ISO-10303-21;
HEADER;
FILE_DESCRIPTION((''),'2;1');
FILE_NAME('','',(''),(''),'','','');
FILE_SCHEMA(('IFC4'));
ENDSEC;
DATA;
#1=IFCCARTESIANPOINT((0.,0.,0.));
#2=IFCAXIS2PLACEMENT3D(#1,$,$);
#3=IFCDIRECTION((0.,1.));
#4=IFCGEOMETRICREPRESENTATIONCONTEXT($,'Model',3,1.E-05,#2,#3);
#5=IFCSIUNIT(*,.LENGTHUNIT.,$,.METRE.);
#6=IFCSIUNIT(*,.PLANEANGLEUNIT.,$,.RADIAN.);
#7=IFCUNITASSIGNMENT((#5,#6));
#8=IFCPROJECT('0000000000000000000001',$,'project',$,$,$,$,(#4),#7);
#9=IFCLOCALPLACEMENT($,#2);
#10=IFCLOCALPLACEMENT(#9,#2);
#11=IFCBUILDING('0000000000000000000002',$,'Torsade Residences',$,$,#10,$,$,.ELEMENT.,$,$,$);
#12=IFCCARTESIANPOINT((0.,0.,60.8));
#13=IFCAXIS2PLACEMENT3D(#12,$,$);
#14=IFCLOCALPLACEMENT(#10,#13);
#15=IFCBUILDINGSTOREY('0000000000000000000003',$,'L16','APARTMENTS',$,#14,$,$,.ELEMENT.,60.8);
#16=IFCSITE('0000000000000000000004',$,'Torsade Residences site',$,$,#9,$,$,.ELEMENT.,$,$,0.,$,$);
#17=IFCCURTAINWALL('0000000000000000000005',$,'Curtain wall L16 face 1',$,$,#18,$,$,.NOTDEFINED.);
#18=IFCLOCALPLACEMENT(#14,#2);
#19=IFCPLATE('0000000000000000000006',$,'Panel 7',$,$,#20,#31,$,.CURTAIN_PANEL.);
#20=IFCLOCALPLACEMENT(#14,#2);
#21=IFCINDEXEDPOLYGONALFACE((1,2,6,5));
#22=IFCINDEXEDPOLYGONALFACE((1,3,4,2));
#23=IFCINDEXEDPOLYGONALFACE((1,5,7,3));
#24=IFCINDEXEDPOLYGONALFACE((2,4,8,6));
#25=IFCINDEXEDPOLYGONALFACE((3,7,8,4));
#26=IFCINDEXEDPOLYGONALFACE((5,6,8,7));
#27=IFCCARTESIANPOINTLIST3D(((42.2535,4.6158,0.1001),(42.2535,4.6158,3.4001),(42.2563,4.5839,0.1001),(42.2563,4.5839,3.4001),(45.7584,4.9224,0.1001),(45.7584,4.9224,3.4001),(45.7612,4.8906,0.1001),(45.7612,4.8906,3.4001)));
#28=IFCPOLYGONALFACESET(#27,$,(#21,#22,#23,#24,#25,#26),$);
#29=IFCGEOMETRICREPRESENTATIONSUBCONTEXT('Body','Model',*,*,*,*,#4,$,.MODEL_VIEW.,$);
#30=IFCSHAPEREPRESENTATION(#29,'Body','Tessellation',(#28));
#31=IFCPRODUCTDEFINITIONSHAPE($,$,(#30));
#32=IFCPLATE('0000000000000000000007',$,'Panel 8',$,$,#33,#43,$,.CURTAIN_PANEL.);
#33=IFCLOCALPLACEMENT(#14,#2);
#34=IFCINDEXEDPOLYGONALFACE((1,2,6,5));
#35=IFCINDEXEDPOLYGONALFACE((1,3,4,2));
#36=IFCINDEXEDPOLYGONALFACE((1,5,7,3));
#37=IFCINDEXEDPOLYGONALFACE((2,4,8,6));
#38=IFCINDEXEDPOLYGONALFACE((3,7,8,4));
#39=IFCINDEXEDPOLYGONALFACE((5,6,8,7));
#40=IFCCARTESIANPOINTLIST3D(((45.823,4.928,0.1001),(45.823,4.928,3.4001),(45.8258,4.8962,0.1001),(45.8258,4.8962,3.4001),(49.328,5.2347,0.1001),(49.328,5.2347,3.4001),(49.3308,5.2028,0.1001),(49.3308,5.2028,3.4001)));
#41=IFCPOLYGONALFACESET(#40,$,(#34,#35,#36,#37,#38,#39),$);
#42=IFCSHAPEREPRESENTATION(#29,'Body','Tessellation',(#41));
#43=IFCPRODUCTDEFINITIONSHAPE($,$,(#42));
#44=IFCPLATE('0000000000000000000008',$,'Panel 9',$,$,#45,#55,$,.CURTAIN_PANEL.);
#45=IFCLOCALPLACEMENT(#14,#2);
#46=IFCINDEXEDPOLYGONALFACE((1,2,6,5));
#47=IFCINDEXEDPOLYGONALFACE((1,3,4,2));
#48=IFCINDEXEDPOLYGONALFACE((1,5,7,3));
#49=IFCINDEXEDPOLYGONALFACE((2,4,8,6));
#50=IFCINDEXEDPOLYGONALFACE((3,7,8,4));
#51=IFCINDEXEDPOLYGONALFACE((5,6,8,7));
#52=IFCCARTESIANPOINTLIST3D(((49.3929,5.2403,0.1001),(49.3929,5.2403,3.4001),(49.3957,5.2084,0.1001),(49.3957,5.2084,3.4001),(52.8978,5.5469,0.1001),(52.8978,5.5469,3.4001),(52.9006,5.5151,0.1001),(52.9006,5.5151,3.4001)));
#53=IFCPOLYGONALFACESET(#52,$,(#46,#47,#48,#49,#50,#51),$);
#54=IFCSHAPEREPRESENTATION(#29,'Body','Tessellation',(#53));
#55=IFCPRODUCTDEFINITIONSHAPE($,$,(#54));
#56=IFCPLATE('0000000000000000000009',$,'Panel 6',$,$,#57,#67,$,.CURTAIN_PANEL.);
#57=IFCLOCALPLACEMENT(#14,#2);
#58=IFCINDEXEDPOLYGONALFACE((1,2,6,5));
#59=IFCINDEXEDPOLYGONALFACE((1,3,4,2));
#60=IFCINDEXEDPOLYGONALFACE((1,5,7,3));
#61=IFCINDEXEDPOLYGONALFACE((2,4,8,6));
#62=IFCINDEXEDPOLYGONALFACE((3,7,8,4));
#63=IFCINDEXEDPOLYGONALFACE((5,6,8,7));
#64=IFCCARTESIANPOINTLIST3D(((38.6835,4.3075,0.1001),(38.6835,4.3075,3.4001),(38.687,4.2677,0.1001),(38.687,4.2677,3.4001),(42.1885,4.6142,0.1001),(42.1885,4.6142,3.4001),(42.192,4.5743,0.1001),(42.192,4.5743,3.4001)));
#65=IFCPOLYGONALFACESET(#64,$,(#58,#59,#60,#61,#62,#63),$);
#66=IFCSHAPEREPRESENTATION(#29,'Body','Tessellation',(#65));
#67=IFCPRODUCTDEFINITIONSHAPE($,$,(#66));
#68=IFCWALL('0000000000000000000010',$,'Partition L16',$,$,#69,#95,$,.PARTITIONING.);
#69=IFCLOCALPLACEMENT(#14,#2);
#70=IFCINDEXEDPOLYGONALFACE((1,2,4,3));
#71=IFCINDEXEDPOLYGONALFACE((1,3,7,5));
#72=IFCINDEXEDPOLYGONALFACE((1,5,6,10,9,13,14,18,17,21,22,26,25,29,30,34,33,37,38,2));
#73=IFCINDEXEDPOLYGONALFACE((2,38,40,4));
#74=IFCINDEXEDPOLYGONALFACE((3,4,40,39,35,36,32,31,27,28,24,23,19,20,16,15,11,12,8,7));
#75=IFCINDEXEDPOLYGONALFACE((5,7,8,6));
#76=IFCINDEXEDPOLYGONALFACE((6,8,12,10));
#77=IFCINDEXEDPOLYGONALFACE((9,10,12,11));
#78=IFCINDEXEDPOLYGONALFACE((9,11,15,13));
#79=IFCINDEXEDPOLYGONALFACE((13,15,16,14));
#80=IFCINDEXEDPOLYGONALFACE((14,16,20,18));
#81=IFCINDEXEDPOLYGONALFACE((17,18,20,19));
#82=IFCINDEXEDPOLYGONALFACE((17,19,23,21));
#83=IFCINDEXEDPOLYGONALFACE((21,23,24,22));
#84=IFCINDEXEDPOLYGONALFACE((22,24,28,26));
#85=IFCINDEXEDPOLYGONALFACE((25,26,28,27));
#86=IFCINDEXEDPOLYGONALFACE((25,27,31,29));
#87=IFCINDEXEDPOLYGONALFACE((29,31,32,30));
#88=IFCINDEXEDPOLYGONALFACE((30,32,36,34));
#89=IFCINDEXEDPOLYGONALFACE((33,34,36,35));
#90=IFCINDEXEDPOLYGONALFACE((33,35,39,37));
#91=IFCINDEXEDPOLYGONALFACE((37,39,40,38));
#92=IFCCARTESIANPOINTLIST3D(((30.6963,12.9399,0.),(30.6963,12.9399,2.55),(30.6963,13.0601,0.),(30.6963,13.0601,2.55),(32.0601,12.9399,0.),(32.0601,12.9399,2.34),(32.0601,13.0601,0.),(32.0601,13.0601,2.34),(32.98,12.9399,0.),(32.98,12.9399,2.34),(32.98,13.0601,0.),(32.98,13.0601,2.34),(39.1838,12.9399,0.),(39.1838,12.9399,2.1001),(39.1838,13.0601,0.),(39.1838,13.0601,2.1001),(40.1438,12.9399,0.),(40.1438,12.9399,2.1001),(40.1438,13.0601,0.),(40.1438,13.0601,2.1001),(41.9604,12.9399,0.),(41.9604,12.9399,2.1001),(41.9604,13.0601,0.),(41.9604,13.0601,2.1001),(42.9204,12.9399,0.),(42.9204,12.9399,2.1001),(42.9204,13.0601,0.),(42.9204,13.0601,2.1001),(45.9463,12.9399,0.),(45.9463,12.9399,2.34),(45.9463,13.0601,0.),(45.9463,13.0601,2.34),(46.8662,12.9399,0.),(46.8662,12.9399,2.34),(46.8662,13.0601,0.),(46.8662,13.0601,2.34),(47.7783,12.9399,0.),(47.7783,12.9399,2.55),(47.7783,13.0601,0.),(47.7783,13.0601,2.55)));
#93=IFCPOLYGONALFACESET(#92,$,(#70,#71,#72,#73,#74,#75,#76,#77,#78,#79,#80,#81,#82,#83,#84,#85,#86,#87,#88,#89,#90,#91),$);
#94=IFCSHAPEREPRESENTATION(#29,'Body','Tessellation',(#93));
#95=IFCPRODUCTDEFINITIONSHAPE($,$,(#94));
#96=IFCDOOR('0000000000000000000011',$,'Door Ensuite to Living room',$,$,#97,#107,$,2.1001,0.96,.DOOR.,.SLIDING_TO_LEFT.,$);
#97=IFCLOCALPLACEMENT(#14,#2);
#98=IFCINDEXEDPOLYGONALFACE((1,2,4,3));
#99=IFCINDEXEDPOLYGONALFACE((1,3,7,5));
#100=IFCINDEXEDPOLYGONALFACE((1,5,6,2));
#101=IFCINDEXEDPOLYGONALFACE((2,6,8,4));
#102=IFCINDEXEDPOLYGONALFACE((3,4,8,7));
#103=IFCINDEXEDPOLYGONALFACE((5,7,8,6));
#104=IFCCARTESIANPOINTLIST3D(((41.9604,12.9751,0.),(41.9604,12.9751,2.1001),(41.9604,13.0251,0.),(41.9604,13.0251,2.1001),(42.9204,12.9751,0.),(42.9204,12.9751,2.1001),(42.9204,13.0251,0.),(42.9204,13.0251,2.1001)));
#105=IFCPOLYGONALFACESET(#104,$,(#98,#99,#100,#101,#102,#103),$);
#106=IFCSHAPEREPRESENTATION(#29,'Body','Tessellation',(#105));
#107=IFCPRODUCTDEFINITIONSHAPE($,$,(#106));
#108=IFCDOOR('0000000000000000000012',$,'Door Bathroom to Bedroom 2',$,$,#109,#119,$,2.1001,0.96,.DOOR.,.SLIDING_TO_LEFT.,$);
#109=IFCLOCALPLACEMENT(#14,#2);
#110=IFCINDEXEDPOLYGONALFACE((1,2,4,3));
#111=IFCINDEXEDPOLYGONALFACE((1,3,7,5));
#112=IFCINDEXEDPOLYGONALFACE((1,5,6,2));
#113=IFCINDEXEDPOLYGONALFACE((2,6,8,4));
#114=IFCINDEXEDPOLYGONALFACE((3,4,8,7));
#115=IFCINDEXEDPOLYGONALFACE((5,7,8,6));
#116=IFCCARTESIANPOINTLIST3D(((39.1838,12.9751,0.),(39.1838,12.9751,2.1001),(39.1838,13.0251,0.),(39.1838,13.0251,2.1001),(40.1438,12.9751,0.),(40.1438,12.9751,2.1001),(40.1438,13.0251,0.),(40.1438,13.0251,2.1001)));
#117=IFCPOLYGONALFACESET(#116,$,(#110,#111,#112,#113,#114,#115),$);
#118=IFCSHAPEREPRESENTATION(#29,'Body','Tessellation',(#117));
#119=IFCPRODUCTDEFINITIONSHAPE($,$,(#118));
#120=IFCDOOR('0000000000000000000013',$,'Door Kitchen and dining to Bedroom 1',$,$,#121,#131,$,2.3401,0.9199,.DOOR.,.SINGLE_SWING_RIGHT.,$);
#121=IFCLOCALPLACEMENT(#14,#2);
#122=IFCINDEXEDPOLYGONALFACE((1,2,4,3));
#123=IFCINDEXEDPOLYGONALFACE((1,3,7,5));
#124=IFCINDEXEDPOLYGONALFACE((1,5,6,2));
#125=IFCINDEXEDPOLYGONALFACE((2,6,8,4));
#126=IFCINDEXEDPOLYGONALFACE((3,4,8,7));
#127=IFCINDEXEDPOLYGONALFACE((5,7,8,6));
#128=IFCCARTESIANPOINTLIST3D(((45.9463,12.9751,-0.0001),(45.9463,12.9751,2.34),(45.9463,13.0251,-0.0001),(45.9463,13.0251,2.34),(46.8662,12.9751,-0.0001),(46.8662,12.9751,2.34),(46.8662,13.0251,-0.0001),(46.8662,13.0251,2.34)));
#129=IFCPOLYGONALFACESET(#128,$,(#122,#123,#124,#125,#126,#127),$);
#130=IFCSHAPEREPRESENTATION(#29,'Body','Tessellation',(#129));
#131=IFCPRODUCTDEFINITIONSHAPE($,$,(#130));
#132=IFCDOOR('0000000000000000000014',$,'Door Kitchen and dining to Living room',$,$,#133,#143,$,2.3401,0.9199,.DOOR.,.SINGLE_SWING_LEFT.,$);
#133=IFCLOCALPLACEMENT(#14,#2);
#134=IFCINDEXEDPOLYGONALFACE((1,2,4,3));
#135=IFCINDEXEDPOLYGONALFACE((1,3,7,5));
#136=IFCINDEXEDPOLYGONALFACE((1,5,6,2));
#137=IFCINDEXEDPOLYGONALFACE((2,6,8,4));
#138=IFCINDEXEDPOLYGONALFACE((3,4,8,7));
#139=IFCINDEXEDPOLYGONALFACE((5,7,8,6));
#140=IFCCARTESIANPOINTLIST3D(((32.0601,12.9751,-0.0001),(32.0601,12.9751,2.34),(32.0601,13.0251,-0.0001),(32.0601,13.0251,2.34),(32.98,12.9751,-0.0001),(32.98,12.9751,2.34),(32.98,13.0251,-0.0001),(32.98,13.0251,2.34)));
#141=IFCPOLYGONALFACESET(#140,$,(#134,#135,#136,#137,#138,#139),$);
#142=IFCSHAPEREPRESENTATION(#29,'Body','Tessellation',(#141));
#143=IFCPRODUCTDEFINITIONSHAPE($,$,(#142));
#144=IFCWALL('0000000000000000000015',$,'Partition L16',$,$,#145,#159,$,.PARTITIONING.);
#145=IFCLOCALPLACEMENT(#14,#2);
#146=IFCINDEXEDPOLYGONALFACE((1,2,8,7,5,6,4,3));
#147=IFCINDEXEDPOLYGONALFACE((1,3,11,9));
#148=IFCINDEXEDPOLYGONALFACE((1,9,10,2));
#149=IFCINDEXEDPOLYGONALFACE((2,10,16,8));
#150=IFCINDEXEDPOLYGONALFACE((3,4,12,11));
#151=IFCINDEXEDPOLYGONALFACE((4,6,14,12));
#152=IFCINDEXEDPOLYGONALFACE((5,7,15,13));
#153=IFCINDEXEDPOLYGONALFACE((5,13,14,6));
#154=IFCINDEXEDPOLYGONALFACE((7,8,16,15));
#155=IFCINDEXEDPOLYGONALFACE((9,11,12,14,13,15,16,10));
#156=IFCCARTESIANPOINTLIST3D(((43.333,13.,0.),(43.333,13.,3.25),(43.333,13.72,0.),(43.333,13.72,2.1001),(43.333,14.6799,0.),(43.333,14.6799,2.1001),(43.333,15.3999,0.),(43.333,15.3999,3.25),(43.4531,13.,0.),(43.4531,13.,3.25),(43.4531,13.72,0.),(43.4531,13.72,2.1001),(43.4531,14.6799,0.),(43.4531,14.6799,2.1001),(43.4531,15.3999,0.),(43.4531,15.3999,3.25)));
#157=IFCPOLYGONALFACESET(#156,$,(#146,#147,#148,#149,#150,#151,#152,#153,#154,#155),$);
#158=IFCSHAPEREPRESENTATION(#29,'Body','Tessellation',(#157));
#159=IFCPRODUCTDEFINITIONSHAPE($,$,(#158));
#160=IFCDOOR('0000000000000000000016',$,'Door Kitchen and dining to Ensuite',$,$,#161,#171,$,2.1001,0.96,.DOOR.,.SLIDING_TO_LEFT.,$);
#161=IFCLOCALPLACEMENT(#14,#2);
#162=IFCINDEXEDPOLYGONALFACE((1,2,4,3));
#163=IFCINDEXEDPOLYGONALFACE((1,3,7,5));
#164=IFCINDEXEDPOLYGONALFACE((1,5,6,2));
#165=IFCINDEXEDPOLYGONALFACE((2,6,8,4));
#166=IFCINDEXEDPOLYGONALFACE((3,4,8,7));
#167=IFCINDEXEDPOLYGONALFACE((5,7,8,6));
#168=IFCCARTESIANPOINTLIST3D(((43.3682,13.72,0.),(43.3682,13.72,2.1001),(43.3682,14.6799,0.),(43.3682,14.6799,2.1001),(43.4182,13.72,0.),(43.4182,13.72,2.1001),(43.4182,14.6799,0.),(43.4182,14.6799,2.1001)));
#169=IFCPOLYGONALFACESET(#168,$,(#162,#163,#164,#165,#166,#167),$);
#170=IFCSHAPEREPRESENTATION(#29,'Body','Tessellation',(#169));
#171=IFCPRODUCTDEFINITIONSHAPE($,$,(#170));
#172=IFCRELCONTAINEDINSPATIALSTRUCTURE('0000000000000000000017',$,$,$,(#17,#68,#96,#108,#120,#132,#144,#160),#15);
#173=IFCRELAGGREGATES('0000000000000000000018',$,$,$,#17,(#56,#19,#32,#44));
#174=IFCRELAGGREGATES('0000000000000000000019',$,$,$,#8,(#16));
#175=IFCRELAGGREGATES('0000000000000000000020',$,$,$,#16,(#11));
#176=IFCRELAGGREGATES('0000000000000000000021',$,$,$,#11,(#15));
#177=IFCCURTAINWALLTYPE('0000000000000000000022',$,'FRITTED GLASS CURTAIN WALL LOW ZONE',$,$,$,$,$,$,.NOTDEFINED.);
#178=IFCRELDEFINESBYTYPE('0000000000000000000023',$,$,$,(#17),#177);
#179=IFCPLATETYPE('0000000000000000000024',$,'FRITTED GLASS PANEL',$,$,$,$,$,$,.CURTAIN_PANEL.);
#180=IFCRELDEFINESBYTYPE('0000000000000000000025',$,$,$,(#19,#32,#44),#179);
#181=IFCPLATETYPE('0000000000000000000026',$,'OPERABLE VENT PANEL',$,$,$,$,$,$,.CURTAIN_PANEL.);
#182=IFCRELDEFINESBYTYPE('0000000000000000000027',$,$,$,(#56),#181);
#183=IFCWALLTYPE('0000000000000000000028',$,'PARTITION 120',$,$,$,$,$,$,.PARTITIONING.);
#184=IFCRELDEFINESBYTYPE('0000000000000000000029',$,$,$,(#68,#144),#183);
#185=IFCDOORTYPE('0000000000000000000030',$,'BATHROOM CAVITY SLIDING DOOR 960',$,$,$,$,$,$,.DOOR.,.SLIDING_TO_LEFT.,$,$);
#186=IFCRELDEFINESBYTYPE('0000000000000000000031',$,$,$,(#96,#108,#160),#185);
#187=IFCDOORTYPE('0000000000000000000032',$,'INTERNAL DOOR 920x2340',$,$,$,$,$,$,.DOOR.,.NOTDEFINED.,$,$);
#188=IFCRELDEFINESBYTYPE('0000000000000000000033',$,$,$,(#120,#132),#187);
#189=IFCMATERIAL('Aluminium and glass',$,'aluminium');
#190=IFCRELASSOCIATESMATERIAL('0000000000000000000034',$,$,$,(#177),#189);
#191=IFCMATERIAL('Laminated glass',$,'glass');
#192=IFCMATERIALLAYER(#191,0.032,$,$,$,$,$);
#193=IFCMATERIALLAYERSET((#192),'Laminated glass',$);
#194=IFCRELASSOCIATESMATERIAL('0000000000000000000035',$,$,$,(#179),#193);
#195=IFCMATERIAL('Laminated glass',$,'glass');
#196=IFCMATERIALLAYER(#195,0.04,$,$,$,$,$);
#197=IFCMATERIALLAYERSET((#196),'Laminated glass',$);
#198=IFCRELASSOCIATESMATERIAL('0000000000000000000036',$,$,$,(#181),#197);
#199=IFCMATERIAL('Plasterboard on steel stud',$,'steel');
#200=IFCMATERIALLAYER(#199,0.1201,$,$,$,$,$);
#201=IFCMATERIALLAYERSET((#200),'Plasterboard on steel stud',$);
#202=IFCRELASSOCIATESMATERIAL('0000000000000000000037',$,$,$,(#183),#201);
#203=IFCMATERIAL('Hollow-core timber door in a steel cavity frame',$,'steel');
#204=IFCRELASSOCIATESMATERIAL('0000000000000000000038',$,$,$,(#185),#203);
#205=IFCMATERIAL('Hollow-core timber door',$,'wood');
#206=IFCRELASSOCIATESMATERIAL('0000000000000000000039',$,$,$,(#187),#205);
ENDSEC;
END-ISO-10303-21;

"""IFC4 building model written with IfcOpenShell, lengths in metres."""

from ifc_helpers import new_model, si_unit, direction, frame, frame_2d, origin, origin_2d, place, context, subcontext, project, spatial, rectangle, extrude, material, layer, layer_set, type_object, element, fill, aggregate, save


model = new_model("IFC4")

# Units and contexts
model_context = context("Model", 3, precision=1e-05, world=origin(), true_north=direction((0.0, 1.0)))
body_context = subcontext(model_context, "Body", "Model", "MODEL_VIEW")
ifc_project = project(units=[si_unit("LENGTHUNIT", "METRE"), si_unit("PLANEANGLEUNIT", "RADIAN")], contexts=[model_context])

# Site, building, storey
site_placement = place(None, origin())
site = spatial("IfcSite", under=ifc_project, at=site_placement, Name="Torsade Residences site", CompositionType="ELEMENT", RefElevation=0.0)
building_placement = place(site_placement, origin())
building = spatial("IfcBuilding", under=site, at=building_placement, Name="Torsade Residences", CompositionType="ELEMENT")
storey_placement = place(building_placement, frame((0.0, 0.0, 60.8)))
storey = spatial("IfcBuildingStorey", under=building, at=storey_placement, Name="L16", Description="APARTMENTS", CompositionType="ELEMENT", Elevation=60.8)

# Curtain wall
ifc_material_1 = material(Name="Aluminium and glass", Category="aluminium")
curtain_wall_type = type_object("IfcCurtainWallType", Name="FRITTED GLASS CURTAIN WALL LOW ZONE", PredefinedType="NOTDEFINED", material=ifc_material_1)
curtain_wall_placement = place(storey_placement, origin())
curtain_wall = element("IfcCurtainWall", 1, at=curtain_wall_placement, inside=storey, type_object=curtain_wall_type, Name="Curtain wall L16 face 1", PredefinedType="NOTDEFINED")

# Plates
ifc_material_2 = material(Name="Laminated glass", Category="glass")
ifc_layer_1 = layer(ifc_material_2, 0.032)
ifc_layer_set_1 = layer_set([ifc_layer_1], Name="Laminated glass")
plate_type_1 = type_object("IfcPlateType", Name="FRITTED GLASS PANEL", PredefinedType="CURTAIN_PANEL", material=ifc_layer_set_1)
plate_1_placement = place(storey_placement, frame((44.0073, 4.7532, 0.1001), z_axis=(0.0, 0.0, 1.0), x_axis=(0.996195, 0.087156, 0.0)))
plate_1 = element("IfcPlate", 2, at=plate_1_placement, type_object=plate_type_1, Name="Panel 7", PredefinedType="CURTAIN_PANEL", context=body_context, shape_type="SweptSolid", body=[
    extrude(rectangle(XDim=3.5183, YDim=0.032, at=origin_2d()), origin(), (0.0, 0.0, 1.0), 3.3),
])
plate_2_placement = place(storey_placement, frame((47.5769, 5.0654, 0.1001), z_axis=(0.0, 0.0, 1.0), x_axis=(0.996195, 0.087156, 0.0)))
plate_2 = element("IfcPlate", 3, at=plate_2_placement, type_object=plate_type_1, Name="Panel 8", PredefinedType="CURTAIN_PANEL", context=body_context, shape_type="SweptSolid", body=[
    extrude(rectangle(XDim=3.5183, YDim=0.032, at=origin_2d()), origin(), (0.0, 0.0, 1.0), 3.3),
])
plate_3_placement = place(storey_placement, frame((51.1467, 5.3777, 0.1001), z_axis=(0.0, 0.0, 1.0), x_axis=(0.996195, 0.087156, 0.0)))
plate_3 = element("IfcPlate", 4, at=plate_3_placement, type_object=plate_type_1, Name="Panel 9", PredefinedType="CURTAIN_PANEL", context=body_context, shape_type="SweptSolid", body=[
    extrude(rectangle(XDim=3.5183, YDim=0.032, at=origin_2d()), origin(), (0.0, 0.0, 1.0), 3.3),
])
ifc_material_3 = material(Name="Laminated glass", Category="glass")
ifc_layer_2 = layer(ifc_material_3, 0.04)
ifc_layer_set_2 = layer_set([ifc_layer_2], Name="Laminated glass")
plate_type_2 = type_object("IfcPlateType", Name="OPERABLE VENT PANEL", PredefinedType="CURTAIN_PANEL", material=ifc_layer_set_2)
plate_4_placement = place(storey_placement, frame((40.4377, 4.4409, 0.1001), z_axis=(0.0, 0.0, 1.0), x_axis=(0.996195, 0.087156, 0.0)))
plate_4 = element("IfcPlate", 5, at=plate_4_placement, type_object=plate_type_2, Name="Panel 6", PredefinedType="CURTAIN_PANEL", context=body_context, shape_type="SweptSolid", body=[
    extrude(rectangle(XDim=3.5183, YDim=0.04, at=origin_2d()), origin(), (0.0, 0.0, 1.0), 3.3),
])
aggregate(curtain_wall, [plate_4, plate_1, plate_2, plate_3])

# Wall, openings, doors
ifc_material_4 = material(Name="Plasterboard on steel stud", Category="steel")
ifc_layer_3 = layer(ifc_material_4, 0.1201)
ifc_layer_set_3 = layer_set([ifc_layer_3], Name="Plasterboard on steel stud")
wall_type_1 = type_object("IfcWallType", Name="PARTITION 120", PredefinedType="PARTITIONING", material=ifc_layer_set_3)
wall_1_placement = place(storey_placement, frame((47.7783, 13.0, 0.0), z_axis=(0.0, 0.0, 1.0), x_axis=(-1.0, 0.0, 0.0)))
wall_1 = element("IfcWall", 6, at=wall_1_placement, inside=storey, type_object=wall_type_1, Name="Partition L16", PredefinedType="PARTITIONING", context=body_context, shape_type="SweptSolid", body=[
    extrude(rectangle(XDim=17.082, YDim=0.1201, at=frame_2d((8.541, 0.0))), origin(), (0.0, 0.0, 1.0), 2.55),
])
opening_1_placement = place(wall_1_placement, frame((0.9121, 0.0, 0.0)))
opening_1 = element("IfcOpeningElement", 7, at=opening_1_placement, cuts=wall_1, PredefinedType="OPENING", context=body_context, shape_type="SweptSolid", body=[
    extrude(rectangle(XDim=0.9199, YDim=2.3401, at=frame_2d((0.46, 1.1699))), frame((0.0, 0.0701, 0.0), z_axis=(0.0, -1.0, 0.0), x_axis=(1.0, 0.0, 0.0)), (0.0, 0.0, 1.0), 0.1401),
])
opening_2_placement = place(wall_1_placement, frame((14.7983, 0.0, 0.0)))
opening_2 = element("IfcOpeningElement", 8, at=opening_2_placement, cuts=wall_1, PredefinedType="OPENING", context=body_context, shape_type="SweptSolid", body=[
    extrude(rectangle(XDim=0.9199, YDim=2.3401, at=frame_2d((0.46, 1.1699))), frame((0.0, 0.0701, 0.0), z_axis=(0.0, -1.0, 0.0), x_axis=(1.0, 0.0, 0.0)), (0.0, 0.0, 1.0), 0.1401),
])
opening_3_placement = place(wall_1_placement, frame((4.8579, 0.0, 0.0)))
opening_3 = element("IfcOpeningElement", 9, at=opening_3_placement, cuts=wall_1, PredefinedType="OPENING", context=body_context, shape_type="SweptSolid", body=[
    extrude(rectangle(XDim=0.96, YDim=2.1001, at=frame_2d((0.48, 1.05))), frame((0.0, 0.0701, 0.0), z_axis=(0.0, -1.0, 0.0), x_axis=(1.0, 0.0, 0.0)), (0.0, 0.0, 1.0), 0.1401),
])
opening_4_placement = place(wall_1_placement, frame((7.6345, 0.0, 0.0)))
opening_4 = element("IfcOpeningElement", 10, at=opening_4_placement, cuts=wall_1, PredefinedType="OPENING", context=body_context, shape_type="SweptSolid", body=[
    extrude(rectangle(XDim=0.96, YDim=2.1001, at=frame_2d((0.48, 1.05))), frame((0.0, 0.0701, 0.0), z_axis=(0.0, -1.0, 0.0), x_axis=(1.0, 0.0, 0.0)), (0.0, 0.0, 1.0), 0.1401),
])
ifc_material_5 = material(Name="Hollow-core timber door in a steel cavity frame", Category="steel")
door_type_1 = type_object("IfcDoorType", Name="BATHROOM CAVITY SLIDING DOOR 960", OperationType="SLIDING_TO_LEFT", PredefinedType="DOOR", material=ifc_material_5)
door_1_placement = place(opening_3_placement, origin())
door_1 = element("IfcDoor", 11, at=door_1_placement, inside=storey, type_object=door_type_1, Name="Door Ensuite to Living room", OperationType="SLIDING_TO_LEFT", OverallHeight=2.1001, OverallWidth=0.96, PredefinedType="DOOR", context=body_context, shape_type="SweptSolid", body=[
    extrude(rectangle(XDim=0.96, YDim=2.1001, at=frame_2d((0.48, 1.05))), frame((0.0, 0.0249, 0.0), z_axis=(0.0, -1.0, 0.0), x_axis=(1.0, 0.0, 0.0)), (0.0, 0.0, 1.0), 0.05),
])
fill(opening_3, door_1)
door_2_placement = place(opening_4_placement, origin())
door_2 = element("IfcDoor", 12, at=door_2_placement, inside=storey, type_object=door_type_1, Name="Door Bathroom to Bedroom 2", OperationType="SLIDING_TO_LEFT", OverallHeight=2.1001, OverallWidth=0.96, PredefinedType="DOOR", context=body_context, shape_type="SweptSolid", body=[
    extrude(rectangle(XDim=0.96, YDim=2.1001, at=frame_2d((0.48, 1.05))), frame((0.0, 0.0249, 0.0), z_axis=(0.0, -1.0, 0.0), x_axis=(1.0, 0.0, 0.0)), (0.0, 0.0, 1.0), 0.05),
])
fill(opening_4, door_2)
ifc_material_6 = material(Name="Hollow-core timber door", Category="wood")
door_type_2 = type_object("IfcDoorType", Name="INTERNAL DOOR 920x2340", OperationType="NOTDEFINED", PredefinedType="DOOR", material=ifc_material_6)
door_3_placement = place(opening_1_placement, origin())
door_3 = element("IfcDoor", 13, at=door_3_placement, inside=storey, type_object=door_type_2, Name="Door Kitchen and dining to Bedroom 1", OperationType="SINGLE_SWING_RIGHT", OverallHeight=2.3401, OverallWidth=0.9199, PredefinedType="DOOR", context=body_context, shape_type="SweptSolid", body=[
    extrude(rectangle(XDim=0.9199, YDim=2.3401, at=frame_2d((0.46, 1.1699))), frame((0.0, 0.0249, 0.0), z_axis=(0.0, -1.0, 0.0), x_axis=(1.0, 0.0, 0.0)), (0.0, 0.0, 1.0), 0.05),
])
fill(opening_1, door_3)
door_4_placement = place(opening_2_placement, origin())
door_4 = element("IfcDoor", 14, at=door_4_placement, inside=storey, type_object=door_type_2, Name="Door Kitchen and dining to Living room", OperationType="SINGLE_SWING_LEFT", OverallHeight=2.3401, OverallWidth=0.9199, PredefinedType="DOOR", context=body_context, shape_type="SweptSolid", body=[
    extrude(rectangle(XDim=0.9199, YDim=2.3401, at=frame_2d((0.46, 1.1699))), frame((0.0, 0.0249, 0.0), z_axis=(0.0, -1.0, 0.0), x_axis=(1.0, 0.0, 0.0)), (0.0, 0.0, 1.0), 0.05),
])
fill(opening_2, door_4)

# Wall, opening, door
wall_2_placement = place(storey_placement, frame((43.3931, 13.0, 0.0), z_axis=(0.0, 0.0, 1.0), x_axis=(0.0, 1.0, 0.0)))
wall_2 = element("IfcWall", 15, at=wall_2_placement, inside=storey, type_object=wall_type_1, Name="Partition L16", PredefinedType="PARTITIONING", context=body_context, shape_type="SweptSolid", body=[
    extrude(rectangle(XDim=2.3999, YDim=0.1201, at=frame_2d((1.2, 0.0))), origin(), (0.0, 0.0, 1.0), 3.25),
])
opening_5_placement = place(wall_2_placement, frame((0.72, 0.0, 0.0)))
opening_5 = element("IfcOpeningElement", 16, at=opening_5_placement, cuts=wall_2, PredefinedType="OPENING", context=body_context, shape_type="SweptSolid", body=[
    extrude(rectangle(XDim=0.96, YDim=2.1001, at=frame_2d((0.48, 1.05))), frame((0.0, 0.0701, 0.0), z_axis=(0.0, -1.0, 0.0), x_axis=(1.0, 0.0, 0.0)), (0.0, 0.0, 1.0), 0.1401),
])
door_5_placement = place(opening_5_placement, origin())
door_5 = element("IfcDoor", 17, at=door_5_placement, inside=storey, type_object=door_type_1, Name="Door Kitchen and dining to Ensuite", OperationType="SLIDING_TO_LEFT", OverallHeight=2.1001, OverallWidth=0.96, PredefinedType="DOOR", context=body_context, shape_type="SweptSolid", body=[
    extrude(rectangle(XDim=0.96, YDim=2.1001, at=frame_2d((0.48, 1.05))), frame((0.0, 0.0249, 0.0), z_axis=(0.0, -1.0, 0.0), x_axis=(1.0, 0.0, 0.0)), (0.0, 0.0, 1.0), 0.05),
])
fill(opening_5, door_5)

save(model, "model.ifc")
